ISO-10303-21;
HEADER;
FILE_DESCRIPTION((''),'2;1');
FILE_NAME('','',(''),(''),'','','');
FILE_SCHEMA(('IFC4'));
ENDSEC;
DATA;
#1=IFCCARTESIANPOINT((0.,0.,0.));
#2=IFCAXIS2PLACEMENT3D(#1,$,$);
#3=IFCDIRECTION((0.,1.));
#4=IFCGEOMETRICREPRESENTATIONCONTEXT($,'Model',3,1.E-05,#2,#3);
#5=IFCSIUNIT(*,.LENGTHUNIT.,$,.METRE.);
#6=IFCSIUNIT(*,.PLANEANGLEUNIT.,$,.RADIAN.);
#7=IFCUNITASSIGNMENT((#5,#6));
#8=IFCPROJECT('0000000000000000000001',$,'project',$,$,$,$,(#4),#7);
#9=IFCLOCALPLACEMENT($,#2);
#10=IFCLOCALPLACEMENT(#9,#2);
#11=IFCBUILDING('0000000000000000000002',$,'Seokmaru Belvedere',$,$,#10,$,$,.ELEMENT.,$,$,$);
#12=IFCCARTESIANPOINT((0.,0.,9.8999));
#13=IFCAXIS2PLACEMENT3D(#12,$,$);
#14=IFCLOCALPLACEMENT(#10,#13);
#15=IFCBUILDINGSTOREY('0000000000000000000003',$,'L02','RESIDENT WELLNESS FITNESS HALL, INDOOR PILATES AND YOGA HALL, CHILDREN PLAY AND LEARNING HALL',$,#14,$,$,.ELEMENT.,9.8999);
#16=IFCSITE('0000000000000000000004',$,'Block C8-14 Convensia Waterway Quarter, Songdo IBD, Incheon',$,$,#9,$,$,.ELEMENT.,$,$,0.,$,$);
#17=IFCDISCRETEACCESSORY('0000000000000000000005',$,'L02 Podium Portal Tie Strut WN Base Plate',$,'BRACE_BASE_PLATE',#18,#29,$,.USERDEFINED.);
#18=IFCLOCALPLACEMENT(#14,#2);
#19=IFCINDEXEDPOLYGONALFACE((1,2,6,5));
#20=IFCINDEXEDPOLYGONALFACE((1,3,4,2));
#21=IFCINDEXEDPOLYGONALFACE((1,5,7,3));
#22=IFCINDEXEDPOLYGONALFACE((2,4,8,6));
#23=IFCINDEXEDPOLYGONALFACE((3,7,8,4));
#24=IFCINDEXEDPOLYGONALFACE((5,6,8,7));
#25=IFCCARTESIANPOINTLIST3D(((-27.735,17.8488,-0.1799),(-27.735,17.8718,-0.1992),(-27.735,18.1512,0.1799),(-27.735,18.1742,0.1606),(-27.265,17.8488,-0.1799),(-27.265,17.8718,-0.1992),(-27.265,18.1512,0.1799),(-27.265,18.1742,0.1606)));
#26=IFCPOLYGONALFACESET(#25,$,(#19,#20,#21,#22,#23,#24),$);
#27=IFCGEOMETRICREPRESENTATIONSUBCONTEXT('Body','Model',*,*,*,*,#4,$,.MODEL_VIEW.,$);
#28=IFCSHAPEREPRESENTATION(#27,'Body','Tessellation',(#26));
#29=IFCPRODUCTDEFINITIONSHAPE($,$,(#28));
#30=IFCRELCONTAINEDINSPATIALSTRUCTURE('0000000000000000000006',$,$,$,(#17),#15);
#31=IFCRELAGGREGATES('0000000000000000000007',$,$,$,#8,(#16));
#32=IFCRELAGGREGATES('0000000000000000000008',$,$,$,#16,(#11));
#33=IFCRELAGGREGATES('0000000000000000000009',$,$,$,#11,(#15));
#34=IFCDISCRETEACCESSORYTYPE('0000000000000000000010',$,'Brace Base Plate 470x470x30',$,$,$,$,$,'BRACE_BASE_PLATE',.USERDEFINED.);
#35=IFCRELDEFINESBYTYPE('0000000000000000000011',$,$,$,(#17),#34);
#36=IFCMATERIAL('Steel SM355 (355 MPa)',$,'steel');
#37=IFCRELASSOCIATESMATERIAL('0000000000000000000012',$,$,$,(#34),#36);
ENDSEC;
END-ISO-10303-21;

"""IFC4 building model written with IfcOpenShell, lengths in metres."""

from ifc_helpers import new_model, si_unit, direction, frame, origin, origin_2d, place, context, subcontext, project, spatial, rectangle, extrude, material, type_object, element, save


model = new_model("IFC4")

# Units and contexts
model_context = context("Model", 3, precision=1e-05, world=origin(), true_north=direction((0.0, 1.0)))
body_context = subcontext(model_context, "Body", "Model", "MODEL_VIEW")
ifc_project = project(units=[si_unit("LENGTHUNIT", "METRE"), si_unit("PLANEANGLEUNIT", "RADIAN")], contexts=[model_context])

# Site, building, storey
site_placement = place(None, origin())
site = spatial("IfcSite", under=ifc_project, at=site_placement, Name="Block C8-14 Convensia Waterway Quarter, Songdo IBD, Incheon", CompositionType="ELEMENT", RefElevation=0.0)
building_placement = place(site_placement, origin())
building = spatial("IfcBuilding", under=site, at=building_placement, Name="Seokmaru Belvedere", CompositionType="ELEMENT")
storey_placement = place(building_placement, frame((0.0, 0.0, 9.8999)))
storey = spatial("IfcBuildingStorey", under=building, at=storey_placement, Name="L02", Description="RESIDENT WELLNESS FITNESS HALL, INDOOR PILATES AND YOGA HALL, CHILDREN PLAY AND LEARNING HALL", CompositionType="ELEMENT", Elevation=9.8999)

# Shared definitions
ifc_material_1 = material(Name="Steel SM355 (355 MPa)", Category="steel")

# Discrete accessory
discrete_accessory_type = type_object("IfcDiscreteAccessoryType", Name="Brace Base Plate 470x470x30", ElementType="BRACE_BASE_PLATE", PredefinedType="USERDEFINED", material=ifc_material_1)
discrete_accessory_placement = place(storey_placement, frame((-27.5, 18.0, 0.0), z_axis=(0.0, 0.765544, -0.643383), x_axis=(-1.0, 0.0, 0.0)))
element("IfcDiscreteAccessory", 1, at=discrete_accessory_placement, inside=storey, type_object=discrete_accessory_type, Name="L02 Podium Portal Tie Strut WN Base Plate", ObjectType="BRACE_BASE_PLATE", PredefinedType="USERDEFINED", context=body_context, shape_type="SweptSolid", body=[
    extrude(rectangle(XDim=0.47, YDim=0.47, at=origin_2d()), origin(), (0.0, 0.0, 1.0), 0.03),
])

save(model, "model.ifc")
